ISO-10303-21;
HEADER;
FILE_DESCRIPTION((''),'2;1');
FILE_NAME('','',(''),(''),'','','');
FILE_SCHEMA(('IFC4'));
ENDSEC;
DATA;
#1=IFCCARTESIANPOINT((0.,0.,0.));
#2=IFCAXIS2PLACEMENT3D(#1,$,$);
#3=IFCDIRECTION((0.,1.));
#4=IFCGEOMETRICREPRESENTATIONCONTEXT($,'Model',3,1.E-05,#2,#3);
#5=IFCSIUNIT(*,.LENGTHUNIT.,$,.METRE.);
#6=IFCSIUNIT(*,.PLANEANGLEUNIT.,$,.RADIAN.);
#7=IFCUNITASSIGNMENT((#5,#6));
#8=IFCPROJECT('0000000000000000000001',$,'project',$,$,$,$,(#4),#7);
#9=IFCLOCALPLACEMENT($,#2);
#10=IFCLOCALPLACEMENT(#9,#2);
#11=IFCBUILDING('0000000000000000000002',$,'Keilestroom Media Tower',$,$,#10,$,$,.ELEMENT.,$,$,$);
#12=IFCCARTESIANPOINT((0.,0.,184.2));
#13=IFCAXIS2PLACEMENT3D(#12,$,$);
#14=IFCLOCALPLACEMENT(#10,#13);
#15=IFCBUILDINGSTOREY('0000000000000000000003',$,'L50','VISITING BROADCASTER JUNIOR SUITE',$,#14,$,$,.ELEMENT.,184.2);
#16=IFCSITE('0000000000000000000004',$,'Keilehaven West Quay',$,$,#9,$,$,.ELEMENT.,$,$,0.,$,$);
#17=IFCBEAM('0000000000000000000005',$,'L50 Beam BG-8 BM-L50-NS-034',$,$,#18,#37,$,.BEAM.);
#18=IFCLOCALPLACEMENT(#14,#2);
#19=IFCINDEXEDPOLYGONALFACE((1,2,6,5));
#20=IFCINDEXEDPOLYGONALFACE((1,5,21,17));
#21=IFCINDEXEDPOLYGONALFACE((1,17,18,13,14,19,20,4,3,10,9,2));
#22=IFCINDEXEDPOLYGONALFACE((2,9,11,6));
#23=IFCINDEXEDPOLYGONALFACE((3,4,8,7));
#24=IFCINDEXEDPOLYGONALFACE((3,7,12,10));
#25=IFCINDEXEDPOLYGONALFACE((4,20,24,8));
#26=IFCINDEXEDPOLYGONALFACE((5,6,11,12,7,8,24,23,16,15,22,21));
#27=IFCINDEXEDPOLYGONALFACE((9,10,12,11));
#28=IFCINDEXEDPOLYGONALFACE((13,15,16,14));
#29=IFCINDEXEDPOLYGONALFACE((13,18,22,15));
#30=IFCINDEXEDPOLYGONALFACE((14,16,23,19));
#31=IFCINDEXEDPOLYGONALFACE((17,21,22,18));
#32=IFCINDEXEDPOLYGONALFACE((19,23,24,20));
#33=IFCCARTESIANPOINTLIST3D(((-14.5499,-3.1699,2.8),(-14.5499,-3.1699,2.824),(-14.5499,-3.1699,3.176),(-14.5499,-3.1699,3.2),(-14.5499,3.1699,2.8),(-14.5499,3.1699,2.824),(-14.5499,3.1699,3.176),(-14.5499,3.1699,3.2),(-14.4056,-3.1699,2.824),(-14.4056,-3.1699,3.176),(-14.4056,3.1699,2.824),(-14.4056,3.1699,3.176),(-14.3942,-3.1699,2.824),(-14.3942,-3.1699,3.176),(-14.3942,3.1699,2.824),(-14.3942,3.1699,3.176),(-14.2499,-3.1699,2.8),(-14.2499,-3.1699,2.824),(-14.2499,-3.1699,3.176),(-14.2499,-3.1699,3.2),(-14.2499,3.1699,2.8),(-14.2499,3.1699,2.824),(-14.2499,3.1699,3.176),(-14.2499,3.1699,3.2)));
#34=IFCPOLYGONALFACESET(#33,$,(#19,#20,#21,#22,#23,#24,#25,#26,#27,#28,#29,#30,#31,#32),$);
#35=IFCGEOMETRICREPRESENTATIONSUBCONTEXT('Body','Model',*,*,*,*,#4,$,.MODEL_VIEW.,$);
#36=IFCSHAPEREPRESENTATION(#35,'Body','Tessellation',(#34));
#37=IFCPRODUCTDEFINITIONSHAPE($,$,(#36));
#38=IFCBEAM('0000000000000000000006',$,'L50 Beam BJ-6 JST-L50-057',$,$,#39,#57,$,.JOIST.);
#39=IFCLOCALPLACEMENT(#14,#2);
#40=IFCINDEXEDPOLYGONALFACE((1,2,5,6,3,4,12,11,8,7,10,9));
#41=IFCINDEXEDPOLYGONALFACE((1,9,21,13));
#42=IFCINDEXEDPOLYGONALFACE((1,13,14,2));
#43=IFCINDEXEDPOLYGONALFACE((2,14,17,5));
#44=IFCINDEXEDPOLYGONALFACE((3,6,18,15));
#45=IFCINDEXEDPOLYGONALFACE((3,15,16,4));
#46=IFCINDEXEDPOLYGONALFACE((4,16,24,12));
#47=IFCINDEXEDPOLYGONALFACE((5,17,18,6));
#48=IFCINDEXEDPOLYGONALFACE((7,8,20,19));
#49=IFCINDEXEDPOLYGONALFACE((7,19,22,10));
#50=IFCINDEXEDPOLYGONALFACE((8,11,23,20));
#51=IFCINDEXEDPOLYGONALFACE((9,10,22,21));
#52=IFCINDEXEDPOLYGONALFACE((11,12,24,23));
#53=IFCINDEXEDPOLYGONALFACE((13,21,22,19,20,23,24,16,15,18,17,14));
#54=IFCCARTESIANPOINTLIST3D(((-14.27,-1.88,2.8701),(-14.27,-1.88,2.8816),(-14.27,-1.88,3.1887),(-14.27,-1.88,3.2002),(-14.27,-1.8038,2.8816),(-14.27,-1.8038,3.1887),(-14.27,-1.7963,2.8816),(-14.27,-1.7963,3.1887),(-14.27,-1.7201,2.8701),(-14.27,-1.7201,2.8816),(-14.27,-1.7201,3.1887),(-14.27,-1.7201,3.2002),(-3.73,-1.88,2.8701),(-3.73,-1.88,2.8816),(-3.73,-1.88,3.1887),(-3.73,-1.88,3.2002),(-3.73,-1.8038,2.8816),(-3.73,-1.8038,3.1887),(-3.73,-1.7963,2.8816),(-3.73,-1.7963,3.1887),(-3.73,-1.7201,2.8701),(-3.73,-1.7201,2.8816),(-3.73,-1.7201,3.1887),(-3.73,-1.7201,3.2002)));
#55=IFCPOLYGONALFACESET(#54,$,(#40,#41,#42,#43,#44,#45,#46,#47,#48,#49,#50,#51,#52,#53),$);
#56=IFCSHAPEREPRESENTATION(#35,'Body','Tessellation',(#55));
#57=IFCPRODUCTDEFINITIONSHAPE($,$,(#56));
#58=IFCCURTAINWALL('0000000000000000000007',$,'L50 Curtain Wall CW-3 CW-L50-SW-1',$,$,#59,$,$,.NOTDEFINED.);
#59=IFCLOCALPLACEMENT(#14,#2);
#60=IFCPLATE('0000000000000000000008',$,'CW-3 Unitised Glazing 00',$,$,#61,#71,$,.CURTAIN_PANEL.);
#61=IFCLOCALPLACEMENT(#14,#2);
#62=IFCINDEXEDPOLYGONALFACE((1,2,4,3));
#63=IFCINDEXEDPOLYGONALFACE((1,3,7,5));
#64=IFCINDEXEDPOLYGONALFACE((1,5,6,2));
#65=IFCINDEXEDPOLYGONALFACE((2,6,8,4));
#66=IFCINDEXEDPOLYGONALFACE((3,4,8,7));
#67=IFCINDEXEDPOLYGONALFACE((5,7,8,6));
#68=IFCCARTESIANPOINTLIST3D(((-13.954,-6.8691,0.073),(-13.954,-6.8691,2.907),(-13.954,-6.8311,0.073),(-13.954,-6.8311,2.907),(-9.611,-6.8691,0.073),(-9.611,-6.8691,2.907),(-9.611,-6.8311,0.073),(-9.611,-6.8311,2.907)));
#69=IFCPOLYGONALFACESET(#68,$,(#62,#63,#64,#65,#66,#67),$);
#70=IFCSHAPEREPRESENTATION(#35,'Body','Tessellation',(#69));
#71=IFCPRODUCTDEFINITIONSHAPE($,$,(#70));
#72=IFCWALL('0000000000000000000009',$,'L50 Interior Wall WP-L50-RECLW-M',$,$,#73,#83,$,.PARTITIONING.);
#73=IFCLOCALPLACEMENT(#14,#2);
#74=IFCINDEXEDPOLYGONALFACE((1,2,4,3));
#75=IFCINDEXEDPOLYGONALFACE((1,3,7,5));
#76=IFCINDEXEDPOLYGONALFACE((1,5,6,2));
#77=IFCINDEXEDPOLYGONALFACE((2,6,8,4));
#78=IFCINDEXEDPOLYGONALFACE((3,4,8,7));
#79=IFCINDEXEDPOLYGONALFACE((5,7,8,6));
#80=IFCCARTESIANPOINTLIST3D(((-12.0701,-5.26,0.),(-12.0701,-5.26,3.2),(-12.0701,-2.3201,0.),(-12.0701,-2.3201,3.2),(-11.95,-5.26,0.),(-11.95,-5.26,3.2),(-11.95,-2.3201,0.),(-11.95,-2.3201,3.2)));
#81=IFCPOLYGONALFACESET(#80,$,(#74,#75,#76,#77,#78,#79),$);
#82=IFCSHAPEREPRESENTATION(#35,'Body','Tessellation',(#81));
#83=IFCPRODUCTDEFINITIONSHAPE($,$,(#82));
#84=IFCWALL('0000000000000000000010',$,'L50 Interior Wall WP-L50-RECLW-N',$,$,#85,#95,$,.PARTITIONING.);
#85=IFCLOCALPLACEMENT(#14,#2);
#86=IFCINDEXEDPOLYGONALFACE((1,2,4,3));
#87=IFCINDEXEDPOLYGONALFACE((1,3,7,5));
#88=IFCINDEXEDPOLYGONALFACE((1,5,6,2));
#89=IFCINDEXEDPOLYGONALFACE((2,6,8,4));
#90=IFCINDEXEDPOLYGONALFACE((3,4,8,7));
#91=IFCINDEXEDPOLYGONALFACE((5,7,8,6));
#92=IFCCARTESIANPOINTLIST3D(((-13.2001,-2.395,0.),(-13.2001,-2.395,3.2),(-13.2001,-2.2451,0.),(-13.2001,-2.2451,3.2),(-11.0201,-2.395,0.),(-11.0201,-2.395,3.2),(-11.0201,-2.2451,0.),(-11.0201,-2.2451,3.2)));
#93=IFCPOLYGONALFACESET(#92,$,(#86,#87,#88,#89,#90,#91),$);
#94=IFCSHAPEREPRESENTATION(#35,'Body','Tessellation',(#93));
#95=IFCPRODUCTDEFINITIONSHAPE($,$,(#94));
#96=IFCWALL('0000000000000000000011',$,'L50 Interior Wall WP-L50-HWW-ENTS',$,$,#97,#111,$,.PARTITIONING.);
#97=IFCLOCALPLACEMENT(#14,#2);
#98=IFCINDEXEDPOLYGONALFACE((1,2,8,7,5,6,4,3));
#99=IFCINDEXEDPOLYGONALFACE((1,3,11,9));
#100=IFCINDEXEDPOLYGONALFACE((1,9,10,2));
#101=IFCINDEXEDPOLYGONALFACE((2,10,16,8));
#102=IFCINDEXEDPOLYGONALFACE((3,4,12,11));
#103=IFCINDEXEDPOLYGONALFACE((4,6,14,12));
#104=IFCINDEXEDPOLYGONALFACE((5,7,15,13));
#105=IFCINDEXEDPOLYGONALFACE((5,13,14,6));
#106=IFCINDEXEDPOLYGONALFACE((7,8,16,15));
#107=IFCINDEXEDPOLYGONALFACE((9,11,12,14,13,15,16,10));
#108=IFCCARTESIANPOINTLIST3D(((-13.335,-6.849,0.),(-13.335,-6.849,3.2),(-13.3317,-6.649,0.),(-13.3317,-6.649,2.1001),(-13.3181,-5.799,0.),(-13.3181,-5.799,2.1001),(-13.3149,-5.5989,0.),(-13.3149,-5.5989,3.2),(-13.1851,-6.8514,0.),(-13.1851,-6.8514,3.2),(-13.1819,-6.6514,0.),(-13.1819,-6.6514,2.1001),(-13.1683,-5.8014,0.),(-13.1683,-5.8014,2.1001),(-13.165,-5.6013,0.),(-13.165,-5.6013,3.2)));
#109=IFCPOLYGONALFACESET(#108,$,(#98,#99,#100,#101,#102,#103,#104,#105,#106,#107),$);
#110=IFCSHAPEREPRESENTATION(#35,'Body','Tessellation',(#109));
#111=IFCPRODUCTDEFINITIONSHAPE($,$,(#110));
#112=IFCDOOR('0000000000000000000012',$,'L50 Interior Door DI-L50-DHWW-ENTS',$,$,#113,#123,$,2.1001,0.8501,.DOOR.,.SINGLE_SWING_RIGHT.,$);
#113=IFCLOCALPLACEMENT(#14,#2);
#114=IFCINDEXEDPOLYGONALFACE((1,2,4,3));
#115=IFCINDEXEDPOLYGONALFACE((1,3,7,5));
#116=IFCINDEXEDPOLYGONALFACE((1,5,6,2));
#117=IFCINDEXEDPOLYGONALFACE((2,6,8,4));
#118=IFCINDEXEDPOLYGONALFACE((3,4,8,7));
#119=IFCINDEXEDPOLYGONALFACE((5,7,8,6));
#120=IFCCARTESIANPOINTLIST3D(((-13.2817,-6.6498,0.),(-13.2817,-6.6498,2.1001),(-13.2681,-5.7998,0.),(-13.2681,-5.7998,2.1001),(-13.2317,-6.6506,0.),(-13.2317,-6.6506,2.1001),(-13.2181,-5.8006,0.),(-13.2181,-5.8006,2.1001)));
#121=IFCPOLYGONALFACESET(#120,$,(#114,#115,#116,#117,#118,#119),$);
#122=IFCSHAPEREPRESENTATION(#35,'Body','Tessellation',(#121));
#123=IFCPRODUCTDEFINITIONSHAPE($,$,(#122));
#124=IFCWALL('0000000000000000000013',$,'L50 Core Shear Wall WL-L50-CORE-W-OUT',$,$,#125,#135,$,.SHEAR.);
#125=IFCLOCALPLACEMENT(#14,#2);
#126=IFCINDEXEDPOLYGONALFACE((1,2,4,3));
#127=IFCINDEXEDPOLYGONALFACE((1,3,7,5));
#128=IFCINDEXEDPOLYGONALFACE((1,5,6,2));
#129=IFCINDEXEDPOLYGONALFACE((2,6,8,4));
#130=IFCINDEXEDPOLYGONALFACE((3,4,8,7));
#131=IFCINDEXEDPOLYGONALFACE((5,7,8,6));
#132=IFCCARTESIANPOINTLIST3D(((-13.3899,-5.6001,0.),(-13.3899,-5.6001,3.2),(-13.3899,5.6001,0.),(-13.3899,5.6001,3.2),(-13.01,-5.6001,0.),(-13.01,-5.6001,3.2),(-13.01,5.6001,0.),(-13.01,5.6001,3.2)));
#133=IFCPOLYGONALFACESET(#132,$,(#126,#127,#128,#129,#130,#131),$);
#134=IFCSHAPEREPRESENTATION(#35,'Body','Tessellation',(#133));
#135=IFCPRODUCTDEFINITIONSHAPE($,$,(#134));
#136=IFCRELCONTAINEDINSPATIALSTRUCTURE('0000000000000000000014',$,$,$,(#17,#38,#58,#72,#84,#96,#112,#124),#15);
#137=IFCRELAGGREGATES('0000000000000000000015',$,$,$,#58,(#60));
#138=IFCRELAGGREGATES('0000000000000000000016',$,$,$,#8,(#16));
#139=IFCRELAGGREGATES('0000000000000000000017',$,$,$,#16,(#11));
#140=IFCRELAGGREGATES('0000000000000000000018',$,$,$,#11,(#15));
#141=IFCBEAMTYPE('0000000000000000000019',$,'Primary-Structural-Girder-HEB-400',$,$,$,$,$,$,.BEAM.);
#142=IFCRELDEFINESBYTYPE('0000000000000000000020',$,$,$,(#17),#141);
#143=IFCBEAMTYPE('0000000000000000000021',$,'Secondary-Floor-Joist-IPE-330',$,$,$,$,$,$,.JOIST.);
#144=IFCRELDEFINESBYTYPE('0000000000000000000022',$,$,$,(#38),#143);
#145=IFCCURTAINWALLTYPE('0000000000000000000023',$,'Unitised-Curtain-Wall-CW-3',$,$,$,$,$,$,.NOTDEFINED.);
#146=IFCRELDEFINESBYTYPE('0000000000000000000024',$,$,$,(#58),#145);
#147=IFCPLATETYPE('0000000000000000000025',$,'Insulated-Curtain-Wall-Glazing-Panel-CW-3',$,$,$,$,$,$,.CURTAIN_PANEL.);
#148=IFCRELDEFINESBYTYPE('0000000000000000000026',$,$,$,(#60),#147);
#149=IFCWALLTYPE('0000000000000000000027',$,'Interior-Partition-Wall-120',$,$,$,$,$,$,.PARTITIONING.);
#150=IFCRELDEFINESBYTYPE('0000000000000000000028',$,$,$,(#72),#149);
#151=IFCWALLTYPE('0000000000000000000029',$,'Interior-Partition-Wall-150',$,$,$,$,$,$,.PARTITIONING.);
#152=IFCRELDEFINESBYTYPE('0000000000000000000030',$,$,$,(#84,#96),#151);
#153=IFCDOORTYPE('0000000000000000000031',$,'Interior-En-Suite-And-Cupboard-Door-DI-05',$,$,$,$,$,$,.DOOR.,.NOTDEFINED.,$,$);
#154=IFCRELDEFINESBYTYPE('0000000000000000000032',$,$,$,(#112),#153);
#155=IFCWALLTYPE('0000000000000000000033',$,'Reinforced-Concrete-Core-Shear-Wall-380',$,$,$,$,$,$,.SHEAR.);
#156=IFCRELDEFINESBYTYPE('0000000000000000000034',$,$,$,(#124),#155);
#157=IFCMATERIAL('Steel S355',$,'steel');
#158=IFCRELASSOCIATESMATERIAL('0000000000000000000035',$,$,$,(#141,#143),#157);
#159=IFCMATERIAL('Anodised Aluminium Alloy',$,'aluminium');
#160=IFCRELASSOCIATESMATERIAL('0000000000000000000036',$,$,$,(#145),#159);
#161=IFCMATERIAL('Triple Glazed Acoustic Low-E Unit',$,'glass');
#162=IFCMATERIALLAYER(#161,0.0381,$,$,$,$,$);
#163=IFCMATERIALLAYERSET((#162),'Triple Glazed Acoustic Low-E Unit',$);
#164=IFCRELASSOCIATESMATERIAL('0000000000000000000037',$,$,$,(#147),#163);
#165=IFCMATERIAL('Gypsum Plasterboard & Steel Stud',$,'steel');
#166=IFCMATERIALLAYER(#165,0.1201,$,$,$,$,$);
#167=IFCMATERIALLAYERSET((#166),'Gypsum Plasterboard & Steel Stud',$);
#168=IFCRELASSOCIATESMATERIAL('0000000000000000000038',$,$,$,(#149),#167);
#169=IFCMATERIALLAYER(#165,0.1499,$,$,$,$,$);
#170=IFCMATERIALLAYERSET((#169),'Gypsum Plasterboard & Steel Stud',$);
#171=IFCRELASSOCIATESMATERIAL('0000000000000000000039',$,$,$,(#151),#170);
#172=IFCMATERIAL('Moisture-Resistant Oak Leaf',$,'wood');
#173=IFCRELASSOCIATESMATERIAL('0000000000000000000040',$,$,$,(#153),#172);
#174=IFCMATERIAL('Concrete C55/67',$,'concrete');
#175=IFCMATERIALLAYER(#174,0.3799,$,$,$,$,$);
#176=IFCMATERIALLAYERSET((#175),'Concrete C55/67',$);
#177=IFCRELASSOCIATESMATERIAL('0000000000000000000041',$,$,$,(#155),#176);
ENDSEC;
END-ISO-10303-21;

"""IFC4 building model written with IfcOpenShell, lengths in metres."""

from ifc_helpers import new_model, si_unit, direction, frame, frame_2d, origin, origin_2d, place, context, subcontext, project, spatial, rectangle, i_section, extrude, source, transform, mapped, material, layer, layer_set, material_profile, profile_set, type_object, element, fill, aggregate, save


model = new_model("IFC4")

# Units and contexts
model_context = context("Model", 3, precision=1e-05, world=origin(), true_north=direction((0.0, 1.0)))
body_context = subcontext(model_context, "Body", "Model", "MODEL_VIEW")
ifc_project = project(units=[si_unit("LENGTHUNIT", "METRE"), si_unit("PLANEANGLEUNIT", "RADIAN")], contexts=[model_context])

# Site, building, storey
site_placement = place(None, origin())
site = spatial("IfcSite", under=ifc_project, at=site_placement, Name="Keilehaven West Quay", CompositionType="ELEMENT", RefElevation=0.0)
building_placement = place(site_placement, origin())
building = spatial("IfcBuilding", under=site, at=building_placement, Name="Keilestroom Media Tower", CompositionType="ELEMENT")
storey_placement = place(building_placement, frame((0.0, 0.0, 184.2)))
storey = spatial("IfcBuildingStorey", under=building, at=storey_placement, Name="L50", Description="VISITING BROADCASTER JUNIOR SUITE", CompositionType="ELEMENT", Elevation=184.2)

# Beams
ifc_material_1 = material(Name="Steel S355", Category="steel")
ifc_material_profile_1 = material_profile(ifc_material_1, i_section(OverallWidth=0.3, OverallDepth=0.3999, WebThickness=0.0115, FlangeThickness=0.0239, at=origin_2d()), Name="HEB 400")
ifc_profile_set_1 = profile_set([ifc_material_profile_1], Name="Steel S355")
beam_type_1 = type_object("IfcBeamType", Name="Primary-Structural-Girder-HEB-400", PredefinedType="BEAM", material=ifc_profile_set_1)
shared_shape_1 = source(origin(), body_context, "Body", "SweptSolid", [
    extrude(i_section(OverallWidth=0.3, OverallDepth=0.3999, WebThickness=0.0115, FlangeThickness=0.0239, at=origin_2d()), origin(), (0.0, 0.0, 1.0), 6.3398),
])
beam_1_placement = place(storey_placement, frame((-14.3999, -3.1699, 3.0), z_axis=(0.0, 1.0, 0.0), x_axis=(-1.0, 0.0, 0.0)))
element("IfcBeam", 1, at=beam_1_placement, inside=storey, type_object=beam_type_1, Name="L50 Beam BG-8 BM-L50-NS-034", PredefinedType="BEAM", context=body_context, shape_type="MappedRepresentation", body=[
    mapped(shared_shape_1, transform((0.0, 0.0, 0.0), x_axis=(1.0, 0.0, 0.0), y_axis=(0.0, 1.0, 0.0), z_axis=(0.0, 0.0, 1.0), scale=1.0)),
])
ifc_material_profile_2 = material_profile(ifc_material_1, i_section(OverallWidth=0.1599, OverallDepth=0.3301, WebThickness=0.0076, FlangeThickness=0.0115, at=origin_2d()), Name="IPE 330")
ifc_profile_set_2 = profile_set([ifc_material_profile_2], Name="Steel S355")
beam_type_2 = type_object("IfcBeamType", Name="Secondary-Floor-Joist-IPE-330", PredefinedType="JOIST", material=ifc_profile_set_2)
shared_shape_2 = source(origin(), body_context, "Body", "SweptSolid", [
    extrude(i_section(OverallWidth=0.1599, OverallDepth=0.3301, WebThickness=0.0076, FlangeThickness=0.0115, at=origin_2d()), origin(), (0.0, 0.0, 1.0), 10.54),
])
beam_2_placement = place(storey_placement, frame((-14.27, -1.8, 3.0352), z_axis=(1.0, 0.0, 0.0), x_axis=(0.0, 1.0, 0.0)))
element("IfcBeam", 2, at=beam_2_placement, inside=storey, type_object=beam_type_2, Name="L50 Beam BJ-6 JST-L50-057", PredefinedType="JOIST", context=body_context, shape_type="MappedRepresentation", body=[
    mapped(shared_shape_2, transform((0.0, 0.0, 0.0), x_axis=(1.0, 0.0, 0.0), y_axis=(0.0, 1.0, 0.0), z_axis=(0.0, 0.0, 1.0), scale=1.0)),
])

# Curtain wall, plate
ifc_material_2 = material(Name="Anodised Aluminium Alloy", Category="aluminium")
curtain_wall_type = type_object("IfcCurtainWallType", Name="Unitised-Curtain-Wall-CW-3", PredefinedType="NOTDEFINED", material=ifc_material_2)
curtain_wall_placement = place(storey_placement, origin())
curtain_wall = element("IfcCurtainWall", 3, at=curtain_wall_placement, inside=storey, type_object=curtain_wall_type, Name="L50 Curtain Wall CW-3 CW-L50-SW-1", PredefinedType="NOTDEFINED")
ifc_material_3 = material(Name="Triple Glazed Acoustic Low-E Unit", Category="glass")
ifc_layer_1 = layer(ifc_material_3, 0.0381)
ifc_layer_set_1 = layer_set([ifc_layer_1], Name="Triple Glazed Acoustic Low-E Unit")
plate_type = type_object("IfcPlateType", Name="Insulated-Curtain-Wall-Glazing-Panel-CW-3", PredefinedType="CURTAIN_PANEL", material=ifc_layer_set_1)
shared_shape_3 = source(origin(), body_context, "Body", "SweptSolid", [
    extrude(rectangle(XDim=4.343, YDim=0.0381, at=origin_2d()), origin(), (0.0, 0.0, 1.0), 2.834),
])
plate_placement = place(storey_placement, frame((-11.7825, -6.8501, 0.073), z_axis=(0.0, 0.0, 1.0), x_axis=(1.0, 0.0, 0.0)))
plate = element("IfcPlate", 4, at=plate_placement, type_object=plate_type, Name="CW-3 Unitised Glazing 00", PredefinedType="CURTAIN_PANEL", context=body_context, shape_type="MappedRepresentation", body=[
    mapped(shared_shape_3, transform((0.0, 0.0, 0.0), x_axis=(1.0, 0.0, 0.0), y_axis=(0.0, 1.0, 0.0), z_axis=(0.0, 0.0, 1.0), scale=1.0)),
])
aggregate(curtain_wall, [plate])

# Walls
ifc_material_4 = material(Name="Gypsum Plasterboard & Steel Stud", Category="steel")
ifc_layer_2 = layer(ifc_material_4, 0.1201)
ifc_layer_set_2 = layer_set([ifc_layer_2], Name="Gypsum Plasterboard & Steel Stud")
wall_type_1 = type_object("IfcWallType", Name="Interior-Partition-Wall-120", PredefinedType="PARTITIONING", material=ifc_layer_set_2)
wall_1_placement = place(storey_placement, frame((-12.01, -5.26, 0.0), z_axis=(0.0, 0.0, 1.0), x_axis=(0.0, 1.0, 0.0)))
element("IfcWall", 5, at=wall_1_placement, inside=storey, type_object=wall_type_1, Name="L50 Interior Wall WP-L50-RECLW-M", PredefinedType="PARTITIONING", context=body_context, shape_type="SweptSolid", body=[
    extrude(rectangle(XDim=2.9399, YDim=0.1201, at=frame_2d((1.47, 0.0))), origin(), (0.0, 0.0, 1.0), 3.2),
])
ifc_layer_3 = layer(ifc_material_4, 0.1499)
ifc_layer_set_3 = layer_set([ifc_layer_3], Name="Gypsum Plasterboard & Steel Stud")
wall_type_2 = type_object("IfcWallType", Name="Interior-Partition-Wall-150", PredefinedType="PARTITIONING", material=ifc_layer_set_3)
wall_2_placement = place(storey_placement, frame((-13.2, -2.3201, 0.0), z_axis=(0.0, 0.0, 1.0), x_axis=(1.0, 0.0, 0.0)))
element("IfcWall", 6, at=wall_2_placement, inside=storey, type_object=wall_type_2, Name="L50 Interior Wall WP-L50-RECLW-N", PredefinedType="PARTITIONING", context=body_context, shape_type="SweptSolid", body=[
    extrude(rectangle(XDim=2.1799, YDim=0.1499, at=frame_2d((1.0898, 0.0))), origin(), (0.0, 0.0, 1.0), 3.2),
])

# Wall, opening, door
wall_3_placement = place(storey_placement, frame((-13.26, -6.8501, 0.0), z_axis=(0.0, 0.0, 1.0), x_axis=(0.016014, 0.999872, 0.0)))
wall_3 = element("IfcWall", 7, at=wall_3_placement, inside=storey, type_object=wall_type_2, Name="L50 Interior Wall WP-L50-HWW-ENTS", PredefinedType="PARTITIONING", context=body_context, shape_type="SweptSolid", body=[
    extrude(rectangle(XDim=1.2502, YDim=0.1499, at=frame_2d((0.625, 0.0))), origin(), (0.0, 0.0, 1.0), 3.2),
])
opening_1_placement = place(wall_3_placement, frame((0.2, 0.0, 0.0)))
opening_1 = element("IfcOpeningElement", 8, at=opening_1_placement, cuts=wall_3, PredefinedType="OPENING", context=body_context, shape_type="SweptSolid", body=[
    extrude(rectangle(XDim=0.8501, YDim=2.1001, at=frame_2d((0.425, 1.05))), frame((0.0, 0.085, 0.0), z_axis=(0.0, -1.0, 0.0), x_axis=(1.0, 0.0, 0.0)), (0.0, 0.0, 1.0), 0.1699),
])
ifc_material_5 = material(Name="Moisture-Resistant Oak Leaf", Category="wood")
door_type = type_object("IfcDoorType", Name="Interior-En-Suite-And-Cupboard-Door-DI-05", OperationType="NOTDEFINED", PredefinedType="DOOR", material=ifc_material_5)
shared_shape_4 = source(origin(), body_context, "Body", "SweptSolid", [
    extrude(rectangle(XDim=0.8501, YDim=2.1001, at=frame_2d((0.425, 1.05))), frame((0.0, 0.0249, 0.0), z_axis=(0.0, -1.0, 0.0), x_axis=(1.0, 0.0, 0.0)), (0.0, 0.0, 1.0), 0.05),
])
door_1_placement = place(opening_1_placement, origin())
door_1 = element("IfcDoor", 9, at=door_1_placement, inside=storey, type_object=door_type, Name="L50 Interior Door DI-L50-DHWW-ENTS", OperationType="SINGLE_SWING_RIGHT", OverallHeight=2.1001, OverallWidth=0.8501, PredefinedType="DOOR", context=body_context, shape_type="MappedRepresentation", body=[
    mapped(shared_shape_4, transform((0.0, 0.0, 0.0), x_axis=(1.0, 0.0, 0.0), y_axis=(0.0, 1.0, 0.0), z_axis=(0.0, 0.0, 1.0), scale=1.0)),
])
fill(opening_1, door_1)

# Wall
ifc_material_6 = material(Name="Concrete C55/67", Category="concrete")
ifc_layer_4 = layer(ifc_material_6, 0.3799)
ifc_layer_set_4 = layer_set([ifc_layer_4], Name="Concrete C55/67")
wall_type_3 = type_object("IfcWallType", Name="Reinforced-Concrete-Core-Shear-Wall-380", PredefinedType="SHEAR", material=ifc_layer_set_4)
wall_4_placement = place(storey_placement, frame((-13.2, -5.6001, 0.0), z_axis=(0.0, 0.0, 1.0), x_axis=(0.0, 1.0, 0.0)))
element("IfcWall", 10, at=wall_4_placement, inside=storey, type_object=wall_type_3, Name="L50 Core Shear Wall WL-L50-CORE-W-OUT", PredefinedType="SHEAR", context=body_context, shape_type="SweptSolid", body=[
    extrude(rectangle(XDim=11.2002, YDim=0.3799, at=frame_2d((5.6001, 0.0))), origin(), (0.0, 0.0, 1.0), 3.2),
])

save(model, "model.ifc")
